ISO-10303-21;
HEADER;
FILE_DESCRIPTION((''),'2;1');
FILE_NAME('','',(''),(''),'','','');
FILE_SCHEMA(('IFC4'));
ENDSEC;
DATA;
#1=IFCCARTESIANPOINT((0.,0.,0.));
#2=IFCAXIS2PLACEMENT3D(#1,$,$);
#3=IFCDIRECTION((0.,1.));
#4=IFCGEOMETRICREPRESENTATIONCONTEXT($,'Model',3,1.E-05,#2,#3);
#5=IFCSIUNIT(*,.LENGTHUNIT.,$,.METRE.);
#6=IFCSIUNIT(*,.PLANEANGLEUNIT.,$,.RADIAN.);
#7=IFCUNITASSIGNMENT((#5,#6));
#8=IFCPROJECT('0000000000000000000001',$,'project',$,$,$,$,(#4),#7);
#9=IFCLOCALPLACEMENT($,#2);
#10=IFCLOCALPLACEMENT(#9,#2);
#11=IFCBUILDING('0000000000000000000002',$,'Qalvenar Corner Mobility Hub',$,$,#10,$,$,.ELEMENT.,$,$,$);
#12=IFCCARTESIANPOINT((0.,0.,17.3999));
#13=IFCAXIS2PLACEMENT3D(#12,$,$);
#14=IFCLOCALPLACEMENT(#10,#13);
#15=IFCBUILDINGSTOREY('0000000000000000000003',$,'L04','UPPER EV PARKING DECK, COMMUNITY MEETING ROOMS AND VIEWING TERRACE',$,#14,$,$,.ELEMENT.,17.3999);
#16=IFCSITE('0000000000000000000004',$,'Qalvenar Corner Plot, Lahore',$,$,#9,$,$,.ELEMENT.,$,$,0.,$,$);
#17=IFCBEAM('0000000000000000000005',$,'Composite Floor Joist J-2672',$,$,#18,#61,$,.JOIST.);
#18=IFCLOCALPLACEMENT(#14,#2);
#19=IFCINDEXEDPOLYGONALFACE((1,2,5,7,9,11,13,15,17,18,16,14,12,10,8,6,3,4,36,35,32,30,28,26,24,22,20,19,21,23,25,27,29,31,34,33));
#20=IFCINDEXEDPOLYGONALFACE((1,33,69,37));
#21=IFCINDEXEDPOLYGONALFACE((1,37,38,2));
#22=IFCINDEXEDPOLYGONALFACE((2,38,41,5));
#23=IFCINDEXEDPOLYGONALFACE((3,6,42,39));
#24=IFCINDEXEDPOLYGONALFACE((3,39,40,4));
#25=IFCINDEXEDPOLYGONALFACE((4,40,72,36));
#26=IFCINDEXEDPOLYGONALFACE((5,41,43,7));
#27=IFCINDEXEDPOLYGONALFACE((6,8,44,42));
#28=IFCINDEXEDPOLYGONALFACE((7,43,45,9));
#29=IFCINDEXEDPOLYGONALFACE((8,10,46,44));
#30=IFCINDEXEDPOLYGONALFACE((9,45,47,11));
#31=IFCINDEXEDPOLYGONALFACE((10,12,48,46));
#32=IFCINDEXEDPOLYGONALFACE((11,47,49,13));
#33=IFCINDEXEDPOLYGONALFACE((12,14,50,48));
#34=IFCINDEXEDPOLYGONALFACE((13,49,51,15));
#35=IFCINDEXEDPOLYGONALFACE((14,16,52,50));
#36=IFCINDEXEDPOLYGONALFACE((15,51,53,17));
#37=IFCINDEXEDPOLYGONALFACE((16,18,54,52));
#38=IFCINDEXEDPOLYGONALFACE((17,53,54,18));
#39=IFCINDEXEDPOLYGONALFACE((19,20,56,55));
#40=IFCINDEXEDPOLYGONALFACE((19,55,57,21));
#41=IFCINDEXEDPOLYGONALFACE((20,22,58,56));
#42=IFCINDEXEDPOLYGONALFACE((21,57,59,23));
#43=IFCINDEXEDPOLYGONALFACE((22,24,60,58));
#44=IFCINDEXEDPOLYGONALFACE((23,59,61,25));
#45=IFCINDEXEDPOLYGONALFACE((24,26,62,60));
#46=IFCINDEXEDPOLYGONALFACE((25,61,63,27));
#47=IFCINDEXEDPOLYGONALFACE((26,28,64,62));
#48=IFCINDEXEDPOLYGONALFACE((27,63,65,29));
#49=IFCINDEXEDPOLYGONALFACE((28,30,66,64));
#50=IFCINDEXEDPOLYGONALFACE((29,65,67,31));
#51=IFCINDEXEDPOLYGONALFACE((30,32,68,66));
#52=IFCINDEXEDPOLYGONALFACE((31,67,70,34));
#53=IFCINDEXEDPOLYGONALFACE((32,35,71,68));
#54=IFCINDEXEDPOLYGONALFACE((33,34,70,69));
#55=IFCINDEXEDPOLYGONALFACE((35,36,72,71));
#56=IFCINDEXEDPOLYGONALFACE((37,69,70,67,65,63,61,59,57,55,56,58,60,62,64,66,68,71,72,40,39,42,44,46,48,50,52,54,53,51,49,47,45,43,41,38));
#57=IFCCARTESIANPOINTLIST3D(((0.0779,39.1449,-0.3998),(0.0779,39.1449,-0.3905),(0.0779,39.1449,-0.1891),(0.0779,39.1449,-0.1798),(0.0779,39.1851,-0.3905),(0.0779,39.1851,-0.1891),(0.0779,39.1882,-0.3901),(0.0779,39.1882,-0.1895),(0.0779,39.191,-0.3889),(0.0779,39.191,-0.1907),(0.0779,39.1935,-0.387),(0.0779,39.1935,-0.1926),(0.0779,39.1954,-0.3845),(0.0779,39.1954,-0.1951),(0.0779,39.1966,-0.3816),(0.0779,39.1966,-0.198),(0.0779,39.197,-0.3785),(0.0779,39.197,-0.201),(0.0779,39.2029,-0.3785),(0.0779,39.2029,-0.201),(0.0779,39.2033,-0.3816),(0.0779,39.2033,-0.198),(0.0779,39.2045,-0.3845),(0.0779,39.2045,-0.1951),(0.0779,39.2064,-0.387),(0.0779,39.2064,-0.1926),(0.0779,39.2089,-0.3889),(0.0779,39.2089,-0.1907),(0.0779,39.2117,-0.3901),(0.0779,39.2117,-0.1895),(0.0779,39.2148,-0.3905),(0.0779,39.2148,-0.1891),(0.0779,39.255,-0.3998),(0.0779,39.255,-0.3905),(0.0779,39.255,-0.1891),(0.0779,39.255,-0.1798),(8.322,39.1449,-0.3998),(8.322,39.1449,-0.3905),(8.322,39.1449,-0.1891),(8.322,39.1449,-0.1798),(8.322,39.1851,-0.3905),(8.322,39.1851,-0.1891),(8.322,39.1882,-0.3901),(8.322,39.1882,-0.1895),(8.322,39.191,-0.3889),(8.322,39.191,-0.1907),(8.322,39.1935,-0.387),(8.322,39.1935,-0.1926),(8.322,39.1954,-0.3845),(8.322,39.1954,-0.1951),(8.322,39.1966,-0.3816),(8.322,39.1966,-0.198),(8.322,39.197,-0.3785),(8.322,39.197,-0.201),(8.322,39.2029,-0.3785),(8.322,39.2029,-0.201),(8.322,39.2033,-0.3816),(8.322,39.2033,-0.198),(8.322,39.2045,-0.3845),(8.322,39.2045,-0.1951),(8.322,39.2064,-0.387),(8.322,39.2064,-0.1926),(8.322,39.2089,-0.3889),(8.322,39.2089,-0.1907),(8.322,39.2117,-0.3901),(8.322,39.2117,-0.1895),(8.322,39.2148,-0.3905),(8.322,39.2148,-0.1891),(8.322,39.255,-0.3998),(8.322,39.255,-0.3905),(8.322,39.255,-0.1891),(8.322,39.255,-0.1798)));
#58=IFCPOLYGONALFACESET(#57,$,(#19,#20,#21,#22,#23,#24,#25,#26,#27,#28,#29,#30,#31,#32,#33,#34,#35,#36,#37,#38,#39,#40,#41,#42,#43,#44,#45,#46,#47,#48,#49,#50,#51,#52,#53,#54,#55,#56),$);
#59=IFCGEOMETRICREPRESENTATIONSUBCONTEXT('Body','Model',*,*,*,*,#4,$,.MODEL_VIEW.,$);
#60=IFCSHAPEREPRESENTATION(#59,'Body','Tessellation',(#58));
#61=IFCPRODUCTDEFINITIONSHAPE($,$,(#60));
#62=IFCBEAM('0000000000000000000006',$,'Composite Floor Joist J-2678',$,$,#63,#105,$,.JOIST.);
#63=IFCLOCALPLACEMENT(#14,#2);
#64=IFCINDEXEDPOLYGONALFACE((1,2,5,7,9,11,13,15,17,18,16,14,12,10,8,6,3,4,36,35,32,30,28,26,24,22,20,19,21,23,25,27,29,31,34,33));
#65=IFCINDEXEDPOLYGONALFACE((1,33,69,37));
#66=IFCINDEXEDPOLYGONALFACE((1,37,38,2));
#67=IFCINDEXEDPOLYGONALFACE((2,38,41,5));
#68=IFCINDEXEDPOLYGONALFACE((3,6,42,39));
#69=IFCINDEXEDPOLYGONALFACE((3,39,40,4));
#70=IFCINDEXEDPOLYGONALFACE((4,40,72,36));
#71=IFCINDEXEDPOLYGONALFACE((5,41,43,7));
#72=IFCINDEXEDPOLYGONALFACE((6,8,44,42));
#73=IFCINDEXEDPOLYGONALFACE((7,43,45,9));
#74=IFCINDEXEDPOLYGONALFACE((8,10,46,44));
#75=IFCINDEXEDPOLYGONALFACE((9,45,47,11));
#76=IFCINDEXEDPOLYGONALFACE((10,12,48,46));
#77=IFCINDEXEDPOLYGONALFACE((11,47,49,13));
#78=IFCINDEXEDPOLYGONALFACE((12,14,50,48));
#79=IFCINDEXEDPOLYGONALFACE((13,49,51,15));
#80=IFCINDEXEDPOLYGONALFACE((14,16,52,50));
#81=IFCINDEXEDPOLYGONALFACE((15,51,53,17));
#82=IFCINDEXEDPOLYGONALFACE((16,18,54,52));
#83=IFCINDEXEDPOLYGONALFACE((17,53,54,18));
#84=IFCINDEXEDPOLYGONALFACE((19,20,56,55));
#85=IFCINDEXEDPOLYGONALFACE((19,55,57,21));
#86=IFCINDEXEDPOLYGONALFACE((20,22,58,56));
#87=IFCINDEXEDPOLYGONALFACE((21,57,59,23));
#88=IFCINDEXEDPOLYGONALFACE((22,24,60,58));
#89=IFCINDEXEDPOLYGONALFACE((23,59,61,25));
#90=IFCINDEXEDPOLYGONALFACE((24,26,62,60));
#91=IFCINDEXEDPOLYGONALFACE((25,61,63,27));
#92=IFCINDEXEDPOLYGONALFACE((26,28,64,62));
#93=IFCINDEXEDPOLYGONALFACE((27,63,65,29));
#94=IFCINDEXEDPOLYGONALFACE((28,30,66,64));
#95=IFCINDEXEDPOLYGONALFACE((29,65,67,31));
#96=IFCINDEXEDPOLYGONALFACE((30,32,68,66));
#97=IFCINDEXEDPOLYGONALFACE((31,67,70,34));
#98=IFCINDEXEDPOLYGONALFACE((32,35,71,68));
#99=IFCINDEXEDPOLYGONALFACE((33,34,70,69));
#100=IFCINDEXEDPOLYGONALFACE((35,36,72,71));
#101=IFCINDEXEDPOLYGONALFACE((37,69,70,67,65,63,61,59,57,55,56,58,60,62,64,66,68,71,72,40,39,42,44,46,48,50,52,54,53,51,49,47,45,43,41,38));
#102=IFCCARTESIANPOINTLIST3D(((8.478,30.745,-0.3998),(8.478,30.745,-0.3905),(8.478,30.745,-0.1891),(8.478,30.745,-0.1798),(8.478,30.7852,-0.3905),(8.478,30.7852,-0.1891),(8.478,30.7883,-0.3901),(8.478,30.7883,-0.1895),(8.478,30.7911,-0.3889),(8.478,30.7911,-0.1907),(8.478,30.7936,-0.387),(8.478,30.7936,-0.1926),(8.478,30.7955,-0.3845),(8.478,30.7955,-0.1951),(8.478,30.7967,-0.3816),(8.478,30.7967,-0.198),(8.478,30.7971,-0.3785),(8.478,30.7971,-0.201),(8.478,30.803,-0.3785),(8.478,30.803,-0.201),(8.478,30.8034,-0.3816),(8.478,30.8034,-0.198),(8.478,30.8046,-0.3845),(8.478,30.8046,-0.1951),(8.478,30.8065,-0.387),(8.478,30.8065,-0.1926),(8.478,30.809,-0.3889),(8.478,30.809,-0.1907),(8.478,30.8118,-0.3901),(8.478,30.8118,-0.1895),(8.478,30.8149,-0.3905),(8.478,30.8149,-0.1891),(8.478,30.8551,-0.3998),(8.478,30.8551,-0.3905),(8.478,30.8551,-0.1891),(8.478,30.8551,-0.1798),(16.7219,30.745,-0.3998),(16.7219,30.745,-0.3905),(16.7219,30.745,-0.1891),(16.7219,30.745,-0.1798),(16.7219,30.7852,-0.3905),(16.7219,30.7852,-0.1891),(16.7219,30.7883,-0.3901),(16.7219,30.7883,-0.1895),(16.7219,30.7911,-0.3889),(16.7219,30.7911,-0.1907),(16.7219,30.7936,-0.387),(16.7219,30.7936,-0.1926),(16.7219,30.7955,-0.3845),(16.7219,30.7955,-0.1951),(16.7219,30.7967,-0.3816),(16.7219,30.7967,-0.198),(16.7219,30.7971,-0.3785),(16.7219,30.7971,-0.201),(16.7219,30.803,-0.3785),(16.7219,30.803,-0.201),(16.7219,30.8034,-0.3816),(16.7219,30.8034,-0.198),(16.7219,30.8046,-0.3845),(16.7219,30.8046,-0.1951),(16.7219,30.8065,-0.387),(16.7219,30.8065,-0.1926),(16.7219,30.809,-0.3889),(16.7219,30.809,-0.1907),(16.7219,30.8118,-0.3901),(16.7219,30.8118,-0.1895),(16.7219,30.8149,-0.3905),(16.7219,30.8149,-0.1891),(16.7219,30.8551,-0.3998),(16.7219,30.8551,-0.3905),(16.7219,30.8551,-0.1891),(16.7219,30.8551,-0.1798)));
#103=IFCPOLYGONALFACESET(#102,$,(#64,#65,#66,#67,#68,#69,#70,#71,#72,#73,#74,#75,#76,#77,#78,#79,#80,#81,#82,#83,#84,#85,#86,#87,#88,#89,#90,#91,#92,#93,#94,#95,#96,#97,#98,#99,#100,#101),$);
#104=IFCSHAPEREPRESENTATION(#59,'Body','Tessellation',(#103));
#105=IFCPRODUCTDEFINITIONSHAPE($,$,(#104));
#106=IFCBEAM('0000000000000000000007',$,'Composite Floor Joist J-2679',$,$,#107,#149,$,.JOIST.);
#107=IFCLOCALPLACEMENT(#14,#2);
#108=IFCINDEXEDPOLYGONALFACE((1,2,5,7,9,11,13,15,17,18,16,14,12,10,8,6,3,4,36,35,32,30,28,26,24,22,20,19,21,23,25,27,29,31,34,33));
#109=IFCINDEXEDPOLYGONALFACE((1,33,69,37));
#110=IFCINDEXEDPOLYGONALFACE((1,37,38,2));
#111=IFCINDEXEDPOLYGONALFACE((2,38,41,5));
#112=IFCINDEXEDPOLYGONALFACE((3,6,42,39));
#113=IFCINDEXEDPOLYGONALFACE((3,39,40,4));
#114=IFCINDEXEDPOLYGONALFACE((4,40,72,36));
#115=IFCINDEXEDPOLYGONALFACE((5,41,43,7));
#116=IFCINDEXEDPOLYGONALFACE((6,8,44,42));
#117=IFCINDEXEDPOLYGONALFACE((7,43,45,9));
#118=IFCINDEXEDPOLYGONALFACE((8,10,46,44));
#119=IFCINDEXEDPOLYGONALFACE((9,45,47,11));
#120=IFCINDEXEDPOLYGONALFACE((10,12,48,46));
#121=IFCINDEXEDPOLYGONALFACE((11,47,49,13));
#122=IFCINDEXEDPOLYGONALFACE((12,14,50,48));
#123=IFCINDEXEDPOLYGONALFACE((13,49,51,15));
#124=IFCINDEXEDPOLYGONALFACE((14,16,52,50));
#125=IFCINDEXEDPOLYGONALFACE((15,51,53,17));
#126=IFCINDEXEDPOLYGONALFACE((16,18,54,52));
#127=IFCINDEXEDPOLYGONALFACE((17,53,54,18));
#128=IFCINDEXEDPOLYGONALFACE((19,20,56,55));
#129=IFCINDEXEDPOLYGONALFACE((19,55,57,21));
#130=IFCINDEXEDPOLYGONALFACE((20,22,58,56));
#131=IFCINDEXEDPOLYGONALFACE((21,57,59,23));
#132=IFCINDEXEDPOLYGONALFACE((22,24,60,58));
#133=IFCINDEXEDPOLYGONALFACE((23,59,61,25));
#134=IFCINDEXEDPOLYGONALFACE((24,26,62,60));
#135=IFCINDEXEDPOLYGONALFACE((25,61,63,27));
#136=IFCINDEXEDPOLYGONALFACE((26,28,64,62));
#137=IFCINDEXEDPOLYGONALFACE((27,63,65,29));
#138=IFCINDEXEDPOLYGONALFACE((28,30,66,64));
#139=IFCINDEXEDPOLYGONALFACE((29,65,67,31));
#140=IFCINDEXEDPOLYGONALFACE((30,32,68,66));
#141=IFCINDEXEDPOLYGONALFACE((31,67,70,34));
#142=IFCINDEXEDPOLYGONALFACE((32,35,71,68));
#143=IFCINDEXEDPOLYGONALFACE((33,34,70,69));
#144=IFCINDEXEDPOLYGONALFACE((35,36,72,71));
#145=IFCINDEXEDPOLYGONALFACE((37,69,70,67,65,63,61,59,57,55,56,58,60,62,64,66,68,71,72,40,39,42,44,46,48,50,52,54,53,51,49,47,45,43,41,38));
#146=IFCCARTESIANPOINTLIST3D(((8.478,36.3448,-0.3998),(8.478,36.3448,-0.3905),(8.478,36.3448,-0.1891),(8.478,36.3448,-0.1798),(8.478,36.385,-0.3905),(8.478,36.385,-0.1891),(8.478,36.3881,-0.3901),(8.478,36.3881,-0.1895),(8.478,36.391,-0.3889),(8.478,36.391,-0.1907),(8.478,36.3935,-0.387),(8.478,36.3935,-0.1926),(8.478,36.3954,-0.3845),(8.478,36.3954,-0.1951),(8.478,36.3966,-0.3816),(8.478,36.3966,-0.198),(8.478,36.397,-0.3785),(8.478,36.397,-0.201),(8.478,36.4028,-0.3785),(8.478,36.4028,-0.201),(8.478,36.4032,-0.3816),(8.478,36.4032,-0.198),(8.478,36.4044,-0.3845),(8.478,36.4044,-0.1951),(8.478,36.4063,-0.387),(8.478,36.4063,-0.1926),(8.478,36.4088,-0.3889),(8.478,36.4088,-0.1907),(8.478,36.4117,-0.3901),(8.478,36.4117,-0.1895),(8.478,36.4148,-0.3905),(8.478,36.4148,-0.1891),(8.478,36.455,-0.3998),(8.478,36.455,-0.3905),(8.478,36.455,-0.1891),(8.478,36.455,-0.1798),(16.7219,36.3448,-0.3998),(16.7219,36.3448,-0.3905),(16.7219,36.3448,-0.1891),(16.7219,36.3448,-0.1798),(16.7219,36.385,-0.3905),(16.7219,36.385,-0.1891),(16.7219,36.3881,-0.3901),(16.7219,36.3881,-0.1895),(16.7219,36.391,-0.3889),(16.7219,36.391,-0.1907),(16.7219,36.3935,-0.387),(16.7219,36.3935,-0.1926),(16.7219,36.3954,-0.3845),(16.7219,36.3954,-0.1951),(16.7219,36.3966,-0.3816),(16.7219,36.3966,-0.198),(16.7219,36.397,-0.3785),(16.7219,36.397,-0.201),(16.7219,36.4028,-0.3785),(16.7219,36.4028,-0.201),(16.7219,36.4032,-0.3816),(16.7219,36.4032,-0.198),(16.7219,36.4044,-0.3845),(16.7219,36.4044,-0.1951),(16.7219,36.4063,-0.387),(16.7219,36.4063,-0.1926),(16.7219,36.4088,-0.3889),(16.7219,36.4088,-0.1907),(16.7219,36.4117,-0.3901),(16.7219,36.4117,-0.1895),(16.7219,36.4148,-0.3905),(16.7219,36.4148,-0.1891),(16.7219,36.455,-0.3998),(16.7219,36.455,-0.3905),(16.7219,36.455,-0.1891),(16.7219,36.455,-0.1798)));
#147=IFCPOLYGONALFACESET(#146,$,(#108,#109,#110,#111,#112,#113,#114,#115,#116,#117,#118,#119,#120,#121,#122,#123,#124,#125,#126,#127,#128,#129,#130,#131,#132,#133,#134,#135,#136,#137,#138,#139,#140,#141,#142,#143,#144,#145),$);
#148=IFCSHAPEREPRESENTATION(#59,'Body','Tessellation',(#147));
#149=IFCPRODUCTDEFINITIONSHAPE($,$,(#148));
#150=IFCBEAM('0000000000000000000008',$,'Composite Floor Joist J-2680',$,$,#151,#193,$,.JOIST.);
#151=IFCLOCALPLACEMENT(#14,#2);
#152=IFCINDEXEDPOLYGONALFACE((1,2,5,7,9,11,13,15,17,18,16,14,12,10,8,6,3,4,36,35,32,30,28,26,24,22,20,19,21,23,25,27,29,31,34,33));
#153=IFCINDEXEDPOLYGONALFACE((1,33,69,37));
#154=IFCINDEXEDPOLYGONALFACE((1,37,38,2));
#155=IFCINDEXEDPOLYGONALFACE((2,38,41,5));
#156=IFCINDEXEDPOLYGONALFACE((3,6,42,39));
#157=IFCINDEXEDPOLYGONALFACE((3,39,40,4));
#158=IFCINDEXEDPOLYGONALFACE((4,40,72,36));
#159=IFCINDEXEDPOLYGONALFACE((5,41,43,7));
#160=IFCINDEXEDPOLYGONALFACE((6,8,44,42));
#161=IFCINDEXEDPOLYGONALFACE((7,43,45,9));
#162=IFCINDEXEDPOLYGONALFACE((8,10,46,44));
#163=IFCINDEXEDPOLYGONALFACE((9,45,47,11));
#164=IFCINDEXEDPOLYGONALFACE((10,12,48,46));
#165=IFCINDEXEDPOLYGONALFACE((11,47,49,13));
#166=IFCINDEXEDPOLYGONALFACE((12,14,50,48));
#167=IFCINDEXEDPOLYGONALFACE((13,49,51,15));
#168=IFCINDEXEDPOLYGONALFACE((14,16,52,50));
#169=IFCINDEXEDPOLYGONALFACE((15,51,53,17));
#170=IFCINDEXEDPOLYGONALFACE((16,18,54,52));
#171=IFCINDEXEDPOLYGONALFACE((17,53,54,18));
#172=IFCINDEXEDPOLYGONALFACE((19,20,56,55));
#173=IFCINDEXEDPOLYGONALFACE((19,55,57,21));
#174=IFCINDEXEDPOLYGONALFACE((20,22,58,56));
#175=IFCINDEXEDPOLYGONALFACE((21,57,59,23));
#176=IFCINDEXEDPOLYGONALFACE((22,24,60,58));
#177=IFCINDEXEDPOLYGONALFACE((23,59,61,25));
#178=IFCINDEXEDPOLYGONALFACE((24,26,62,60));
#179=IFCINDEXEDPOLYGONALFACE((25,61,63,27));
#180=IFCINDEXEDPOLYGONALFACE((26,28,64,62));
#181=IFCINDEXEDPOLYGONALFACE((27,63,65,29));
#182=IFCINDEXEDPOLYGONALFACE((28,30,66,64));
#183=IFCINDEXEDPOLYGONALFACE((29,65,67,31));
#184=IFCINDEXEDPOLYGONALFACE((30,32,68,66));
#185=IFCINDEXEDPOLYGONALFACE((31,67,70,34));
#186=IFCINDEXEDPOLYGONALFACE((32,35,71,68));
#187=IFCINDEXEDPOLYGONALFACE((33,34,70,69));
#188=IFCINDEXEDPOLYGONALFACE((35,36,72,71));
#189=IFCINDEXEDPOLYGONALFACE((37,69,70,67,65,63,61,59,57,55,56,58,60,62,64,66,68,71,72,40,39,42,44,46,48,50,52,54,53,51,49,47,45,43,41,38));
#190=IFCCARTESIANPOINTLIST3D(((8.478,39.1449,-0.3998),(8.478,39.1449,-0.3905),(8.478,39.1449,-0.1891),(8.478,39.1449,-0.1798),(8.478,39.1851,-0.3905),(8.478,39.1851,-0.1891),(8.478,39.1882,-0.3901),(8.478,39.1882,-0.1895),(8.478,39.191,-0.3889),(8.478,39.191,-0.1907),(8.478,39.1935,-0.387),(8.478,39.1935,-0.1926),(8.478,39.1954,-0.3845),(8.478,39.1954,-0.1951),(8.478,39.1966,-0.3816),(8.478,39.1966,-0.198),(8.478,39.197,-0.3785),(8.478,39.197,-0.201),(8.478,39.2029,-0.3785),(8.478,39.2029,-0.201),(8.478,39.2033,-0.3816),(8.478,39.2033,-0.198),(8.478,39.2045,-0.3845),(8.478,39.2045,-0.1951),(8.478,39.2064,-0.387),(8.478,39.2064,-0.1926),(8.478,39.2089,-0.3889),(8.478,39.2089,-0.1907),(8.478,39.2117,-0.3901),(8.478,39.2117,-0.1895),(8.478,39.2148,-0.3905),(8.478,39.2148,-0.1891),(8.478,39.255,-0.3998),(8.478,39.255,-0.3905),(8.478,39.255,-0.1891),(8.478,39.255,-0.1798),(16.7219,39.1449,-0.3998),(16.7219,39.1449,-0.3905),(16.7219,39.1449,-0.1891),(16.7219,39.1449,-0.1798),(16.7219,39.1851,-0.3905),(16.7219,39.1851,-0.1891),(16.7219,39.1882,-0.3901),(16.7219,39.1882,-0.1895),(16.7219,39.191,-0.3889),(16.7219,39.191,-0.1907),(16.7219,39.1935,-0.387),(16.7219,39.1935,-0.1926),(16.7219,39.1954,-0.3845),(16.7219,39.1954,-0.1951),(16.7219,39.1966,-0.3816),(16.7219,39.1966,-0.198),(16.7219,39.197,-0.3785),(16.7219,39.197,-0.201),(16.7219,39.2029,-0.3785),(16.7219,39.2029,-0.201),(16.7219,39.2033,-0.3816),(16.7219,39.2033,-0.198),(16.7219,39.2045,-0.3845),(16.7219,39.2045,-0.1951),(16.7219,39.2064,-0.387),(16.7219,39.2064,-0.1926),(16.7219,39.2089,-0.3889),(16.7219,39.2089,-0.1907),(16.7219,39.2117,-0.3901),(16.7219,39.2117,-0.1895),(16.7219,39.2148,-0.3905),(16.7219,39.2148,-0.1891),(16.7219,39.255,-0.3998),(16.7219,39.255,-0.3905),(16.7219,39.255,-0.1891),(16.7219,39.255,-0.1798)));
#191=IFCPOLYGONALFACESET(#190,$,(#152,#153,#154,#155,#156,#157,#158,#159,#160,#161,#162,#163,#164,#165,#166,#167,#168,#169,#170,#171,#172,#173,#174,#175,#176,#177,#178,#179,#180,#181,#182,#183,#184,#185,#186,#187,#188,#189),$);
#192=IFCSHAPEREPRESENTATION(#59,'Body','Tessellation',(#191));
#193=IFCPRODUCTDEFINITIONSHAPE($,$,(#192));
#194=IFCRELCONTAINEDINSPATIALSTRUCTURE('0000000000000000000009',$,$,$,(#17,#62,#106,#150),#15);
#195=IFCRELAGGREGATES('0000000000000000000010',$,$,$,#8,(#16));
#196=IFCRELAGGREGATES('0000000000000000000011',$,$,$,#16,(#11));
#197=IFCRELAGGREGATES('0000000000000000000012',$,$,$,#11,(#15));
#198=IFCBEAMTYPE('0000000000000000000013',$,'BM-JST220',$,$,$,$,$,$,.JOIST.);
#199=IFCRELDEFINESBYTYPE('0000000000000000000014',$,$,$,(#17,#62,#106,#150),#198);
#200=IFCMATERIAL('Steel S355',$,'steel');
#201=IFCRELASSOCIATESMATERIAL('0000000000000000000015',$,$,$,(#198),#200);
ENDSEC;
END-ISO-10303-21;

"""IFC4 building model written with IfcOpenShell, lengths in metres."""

from ifc_helpers import new_model, si_unit, direction, frame, origin, origin_2d, place, context, subcontext, project, spatial, i_section, extrude, material, material_profile, profile_set, type_object, element, save


model = new_model("IFC4")

# Units and contexts
model_context = context("Model", 3, precision=1e-05, world=origin(), true_north=direction((0.0, 1.0)))
body_context = subcontext(model_context, "Body", "Model", "MODEL_VIEW")
ifc_project = project(units=[si_unit("LENGTHUNIT", "METRE"), si_unit("PLANEANGLEUNIT", "RADIAN")], contexts=[model_context])

# Site, building, storey
site_placement = place(None, origin())
site = spatial("IfcSite", under=ifc_project, at=site_placement, Name="Qalvenar Corner Plot, Lahore", CompositionType="ELEMENT", RefElevation=0.0)
building_placement = place(site_placement, origin())
building = spatial("IfcBuilding", under=site, at=building_placement, Name="Qalvenar Corner Mobility Hub", CompositionType="ELEMENT")
storey_placement = place(building_placement, frame((0.0, 0.0, 17.3999)))
storey = spatial("IfcBuildingStorey", under=building, at=storey_placement, Name="L04", Description="UPPER EV PARKING DECK, COMMUNITY MEETING ROOMS AND VIEWING TERRACE", CompositionType="ELEMENT", Elevation=17.3999)

# Shared definitions
ifc_material_1 = material(Name="Steel S355", Category="steel")

# Beams
ifc_material_profile_1 = material_profile(ifc_material_1, i_section(OverallWidth=0.1101, OverallDepth=0.22, WebThickness=0.0059, FlangeThickness=0.0093, FilletRadius=0.012, at=origin_2d()), Name="IPE220")
ifc_profile_set_1 = profile_set([ifc_material_profile_1], Name="Steel S355")
beam_type_1 = type_object("IfcBeamType", Name="BM-JST220", PredefinedType="JOIST", material=ifc_profile_set_1)
for number, where, z_axis, x_axis, name in (
    (1, (0.0779, 39.2, -0.2898), (1.0, 0.0, 0.0), (0.0, 1.0, 0.0), "Composite Floor Joist J-2672"),
):
    element("IfcBeam", number, at=place(storey_placement, frame(where, z_axis=z_axis, x_axis=x_axis)), inside=storey, type_object=beam_type_1, Name=name, PredefinedType="JOIST", context=body_context, shape_type="SweptSolid", body=[
        extrude(i_section(OverallWidth=0.1101, OverallDepth=0.22, WebThickness=0.0059, FlangeThickness=0.0093, FilletRadius=0.012, at=origin_2d()), origin(), (0.0, 0.0, 1.0), 8.2441),
    ])
for number, where, z_axis, x_axis, name in (
    (2, (8.478, 30.8, -0.2898), (1.0, 0.0, 0.0), (0.0, 1.0, 0.0), "Composite Floor Joist J-2678"),
    (3, (8.478, 36.3999, -0.2898), (1.0, 0.0, 0.0), (0.0, 1.0, 0.0), "Composite Floor Joist J-2679"),
    (4, (8.478, 39.2, -0.2898), (1.0, 0.0, 0.0), (0.0, 1.0, 0.0), "Composite Floor Joist J-2680"),
):
    element("IfcBeam", number, at=place(storey_placement, frame(where, z_axis=z_axis, x_axis=x_axis)), inside=storey, type_object=beam_type_1, Name=name, PredefinedType="JOIST", context=body_context, shape_type="SweptSolid", body=[
        extrude(i_section(OverallWidth=0.1101, OverallDepth=0.22, WebThickness=0.0059, FlangeThickness=0.0093, FilletRadius=0.012, at=origin_2d()), origin(), (0.0, 0.0, 1.0), 8.2439),
    ])

save(model, "model.ifc")
